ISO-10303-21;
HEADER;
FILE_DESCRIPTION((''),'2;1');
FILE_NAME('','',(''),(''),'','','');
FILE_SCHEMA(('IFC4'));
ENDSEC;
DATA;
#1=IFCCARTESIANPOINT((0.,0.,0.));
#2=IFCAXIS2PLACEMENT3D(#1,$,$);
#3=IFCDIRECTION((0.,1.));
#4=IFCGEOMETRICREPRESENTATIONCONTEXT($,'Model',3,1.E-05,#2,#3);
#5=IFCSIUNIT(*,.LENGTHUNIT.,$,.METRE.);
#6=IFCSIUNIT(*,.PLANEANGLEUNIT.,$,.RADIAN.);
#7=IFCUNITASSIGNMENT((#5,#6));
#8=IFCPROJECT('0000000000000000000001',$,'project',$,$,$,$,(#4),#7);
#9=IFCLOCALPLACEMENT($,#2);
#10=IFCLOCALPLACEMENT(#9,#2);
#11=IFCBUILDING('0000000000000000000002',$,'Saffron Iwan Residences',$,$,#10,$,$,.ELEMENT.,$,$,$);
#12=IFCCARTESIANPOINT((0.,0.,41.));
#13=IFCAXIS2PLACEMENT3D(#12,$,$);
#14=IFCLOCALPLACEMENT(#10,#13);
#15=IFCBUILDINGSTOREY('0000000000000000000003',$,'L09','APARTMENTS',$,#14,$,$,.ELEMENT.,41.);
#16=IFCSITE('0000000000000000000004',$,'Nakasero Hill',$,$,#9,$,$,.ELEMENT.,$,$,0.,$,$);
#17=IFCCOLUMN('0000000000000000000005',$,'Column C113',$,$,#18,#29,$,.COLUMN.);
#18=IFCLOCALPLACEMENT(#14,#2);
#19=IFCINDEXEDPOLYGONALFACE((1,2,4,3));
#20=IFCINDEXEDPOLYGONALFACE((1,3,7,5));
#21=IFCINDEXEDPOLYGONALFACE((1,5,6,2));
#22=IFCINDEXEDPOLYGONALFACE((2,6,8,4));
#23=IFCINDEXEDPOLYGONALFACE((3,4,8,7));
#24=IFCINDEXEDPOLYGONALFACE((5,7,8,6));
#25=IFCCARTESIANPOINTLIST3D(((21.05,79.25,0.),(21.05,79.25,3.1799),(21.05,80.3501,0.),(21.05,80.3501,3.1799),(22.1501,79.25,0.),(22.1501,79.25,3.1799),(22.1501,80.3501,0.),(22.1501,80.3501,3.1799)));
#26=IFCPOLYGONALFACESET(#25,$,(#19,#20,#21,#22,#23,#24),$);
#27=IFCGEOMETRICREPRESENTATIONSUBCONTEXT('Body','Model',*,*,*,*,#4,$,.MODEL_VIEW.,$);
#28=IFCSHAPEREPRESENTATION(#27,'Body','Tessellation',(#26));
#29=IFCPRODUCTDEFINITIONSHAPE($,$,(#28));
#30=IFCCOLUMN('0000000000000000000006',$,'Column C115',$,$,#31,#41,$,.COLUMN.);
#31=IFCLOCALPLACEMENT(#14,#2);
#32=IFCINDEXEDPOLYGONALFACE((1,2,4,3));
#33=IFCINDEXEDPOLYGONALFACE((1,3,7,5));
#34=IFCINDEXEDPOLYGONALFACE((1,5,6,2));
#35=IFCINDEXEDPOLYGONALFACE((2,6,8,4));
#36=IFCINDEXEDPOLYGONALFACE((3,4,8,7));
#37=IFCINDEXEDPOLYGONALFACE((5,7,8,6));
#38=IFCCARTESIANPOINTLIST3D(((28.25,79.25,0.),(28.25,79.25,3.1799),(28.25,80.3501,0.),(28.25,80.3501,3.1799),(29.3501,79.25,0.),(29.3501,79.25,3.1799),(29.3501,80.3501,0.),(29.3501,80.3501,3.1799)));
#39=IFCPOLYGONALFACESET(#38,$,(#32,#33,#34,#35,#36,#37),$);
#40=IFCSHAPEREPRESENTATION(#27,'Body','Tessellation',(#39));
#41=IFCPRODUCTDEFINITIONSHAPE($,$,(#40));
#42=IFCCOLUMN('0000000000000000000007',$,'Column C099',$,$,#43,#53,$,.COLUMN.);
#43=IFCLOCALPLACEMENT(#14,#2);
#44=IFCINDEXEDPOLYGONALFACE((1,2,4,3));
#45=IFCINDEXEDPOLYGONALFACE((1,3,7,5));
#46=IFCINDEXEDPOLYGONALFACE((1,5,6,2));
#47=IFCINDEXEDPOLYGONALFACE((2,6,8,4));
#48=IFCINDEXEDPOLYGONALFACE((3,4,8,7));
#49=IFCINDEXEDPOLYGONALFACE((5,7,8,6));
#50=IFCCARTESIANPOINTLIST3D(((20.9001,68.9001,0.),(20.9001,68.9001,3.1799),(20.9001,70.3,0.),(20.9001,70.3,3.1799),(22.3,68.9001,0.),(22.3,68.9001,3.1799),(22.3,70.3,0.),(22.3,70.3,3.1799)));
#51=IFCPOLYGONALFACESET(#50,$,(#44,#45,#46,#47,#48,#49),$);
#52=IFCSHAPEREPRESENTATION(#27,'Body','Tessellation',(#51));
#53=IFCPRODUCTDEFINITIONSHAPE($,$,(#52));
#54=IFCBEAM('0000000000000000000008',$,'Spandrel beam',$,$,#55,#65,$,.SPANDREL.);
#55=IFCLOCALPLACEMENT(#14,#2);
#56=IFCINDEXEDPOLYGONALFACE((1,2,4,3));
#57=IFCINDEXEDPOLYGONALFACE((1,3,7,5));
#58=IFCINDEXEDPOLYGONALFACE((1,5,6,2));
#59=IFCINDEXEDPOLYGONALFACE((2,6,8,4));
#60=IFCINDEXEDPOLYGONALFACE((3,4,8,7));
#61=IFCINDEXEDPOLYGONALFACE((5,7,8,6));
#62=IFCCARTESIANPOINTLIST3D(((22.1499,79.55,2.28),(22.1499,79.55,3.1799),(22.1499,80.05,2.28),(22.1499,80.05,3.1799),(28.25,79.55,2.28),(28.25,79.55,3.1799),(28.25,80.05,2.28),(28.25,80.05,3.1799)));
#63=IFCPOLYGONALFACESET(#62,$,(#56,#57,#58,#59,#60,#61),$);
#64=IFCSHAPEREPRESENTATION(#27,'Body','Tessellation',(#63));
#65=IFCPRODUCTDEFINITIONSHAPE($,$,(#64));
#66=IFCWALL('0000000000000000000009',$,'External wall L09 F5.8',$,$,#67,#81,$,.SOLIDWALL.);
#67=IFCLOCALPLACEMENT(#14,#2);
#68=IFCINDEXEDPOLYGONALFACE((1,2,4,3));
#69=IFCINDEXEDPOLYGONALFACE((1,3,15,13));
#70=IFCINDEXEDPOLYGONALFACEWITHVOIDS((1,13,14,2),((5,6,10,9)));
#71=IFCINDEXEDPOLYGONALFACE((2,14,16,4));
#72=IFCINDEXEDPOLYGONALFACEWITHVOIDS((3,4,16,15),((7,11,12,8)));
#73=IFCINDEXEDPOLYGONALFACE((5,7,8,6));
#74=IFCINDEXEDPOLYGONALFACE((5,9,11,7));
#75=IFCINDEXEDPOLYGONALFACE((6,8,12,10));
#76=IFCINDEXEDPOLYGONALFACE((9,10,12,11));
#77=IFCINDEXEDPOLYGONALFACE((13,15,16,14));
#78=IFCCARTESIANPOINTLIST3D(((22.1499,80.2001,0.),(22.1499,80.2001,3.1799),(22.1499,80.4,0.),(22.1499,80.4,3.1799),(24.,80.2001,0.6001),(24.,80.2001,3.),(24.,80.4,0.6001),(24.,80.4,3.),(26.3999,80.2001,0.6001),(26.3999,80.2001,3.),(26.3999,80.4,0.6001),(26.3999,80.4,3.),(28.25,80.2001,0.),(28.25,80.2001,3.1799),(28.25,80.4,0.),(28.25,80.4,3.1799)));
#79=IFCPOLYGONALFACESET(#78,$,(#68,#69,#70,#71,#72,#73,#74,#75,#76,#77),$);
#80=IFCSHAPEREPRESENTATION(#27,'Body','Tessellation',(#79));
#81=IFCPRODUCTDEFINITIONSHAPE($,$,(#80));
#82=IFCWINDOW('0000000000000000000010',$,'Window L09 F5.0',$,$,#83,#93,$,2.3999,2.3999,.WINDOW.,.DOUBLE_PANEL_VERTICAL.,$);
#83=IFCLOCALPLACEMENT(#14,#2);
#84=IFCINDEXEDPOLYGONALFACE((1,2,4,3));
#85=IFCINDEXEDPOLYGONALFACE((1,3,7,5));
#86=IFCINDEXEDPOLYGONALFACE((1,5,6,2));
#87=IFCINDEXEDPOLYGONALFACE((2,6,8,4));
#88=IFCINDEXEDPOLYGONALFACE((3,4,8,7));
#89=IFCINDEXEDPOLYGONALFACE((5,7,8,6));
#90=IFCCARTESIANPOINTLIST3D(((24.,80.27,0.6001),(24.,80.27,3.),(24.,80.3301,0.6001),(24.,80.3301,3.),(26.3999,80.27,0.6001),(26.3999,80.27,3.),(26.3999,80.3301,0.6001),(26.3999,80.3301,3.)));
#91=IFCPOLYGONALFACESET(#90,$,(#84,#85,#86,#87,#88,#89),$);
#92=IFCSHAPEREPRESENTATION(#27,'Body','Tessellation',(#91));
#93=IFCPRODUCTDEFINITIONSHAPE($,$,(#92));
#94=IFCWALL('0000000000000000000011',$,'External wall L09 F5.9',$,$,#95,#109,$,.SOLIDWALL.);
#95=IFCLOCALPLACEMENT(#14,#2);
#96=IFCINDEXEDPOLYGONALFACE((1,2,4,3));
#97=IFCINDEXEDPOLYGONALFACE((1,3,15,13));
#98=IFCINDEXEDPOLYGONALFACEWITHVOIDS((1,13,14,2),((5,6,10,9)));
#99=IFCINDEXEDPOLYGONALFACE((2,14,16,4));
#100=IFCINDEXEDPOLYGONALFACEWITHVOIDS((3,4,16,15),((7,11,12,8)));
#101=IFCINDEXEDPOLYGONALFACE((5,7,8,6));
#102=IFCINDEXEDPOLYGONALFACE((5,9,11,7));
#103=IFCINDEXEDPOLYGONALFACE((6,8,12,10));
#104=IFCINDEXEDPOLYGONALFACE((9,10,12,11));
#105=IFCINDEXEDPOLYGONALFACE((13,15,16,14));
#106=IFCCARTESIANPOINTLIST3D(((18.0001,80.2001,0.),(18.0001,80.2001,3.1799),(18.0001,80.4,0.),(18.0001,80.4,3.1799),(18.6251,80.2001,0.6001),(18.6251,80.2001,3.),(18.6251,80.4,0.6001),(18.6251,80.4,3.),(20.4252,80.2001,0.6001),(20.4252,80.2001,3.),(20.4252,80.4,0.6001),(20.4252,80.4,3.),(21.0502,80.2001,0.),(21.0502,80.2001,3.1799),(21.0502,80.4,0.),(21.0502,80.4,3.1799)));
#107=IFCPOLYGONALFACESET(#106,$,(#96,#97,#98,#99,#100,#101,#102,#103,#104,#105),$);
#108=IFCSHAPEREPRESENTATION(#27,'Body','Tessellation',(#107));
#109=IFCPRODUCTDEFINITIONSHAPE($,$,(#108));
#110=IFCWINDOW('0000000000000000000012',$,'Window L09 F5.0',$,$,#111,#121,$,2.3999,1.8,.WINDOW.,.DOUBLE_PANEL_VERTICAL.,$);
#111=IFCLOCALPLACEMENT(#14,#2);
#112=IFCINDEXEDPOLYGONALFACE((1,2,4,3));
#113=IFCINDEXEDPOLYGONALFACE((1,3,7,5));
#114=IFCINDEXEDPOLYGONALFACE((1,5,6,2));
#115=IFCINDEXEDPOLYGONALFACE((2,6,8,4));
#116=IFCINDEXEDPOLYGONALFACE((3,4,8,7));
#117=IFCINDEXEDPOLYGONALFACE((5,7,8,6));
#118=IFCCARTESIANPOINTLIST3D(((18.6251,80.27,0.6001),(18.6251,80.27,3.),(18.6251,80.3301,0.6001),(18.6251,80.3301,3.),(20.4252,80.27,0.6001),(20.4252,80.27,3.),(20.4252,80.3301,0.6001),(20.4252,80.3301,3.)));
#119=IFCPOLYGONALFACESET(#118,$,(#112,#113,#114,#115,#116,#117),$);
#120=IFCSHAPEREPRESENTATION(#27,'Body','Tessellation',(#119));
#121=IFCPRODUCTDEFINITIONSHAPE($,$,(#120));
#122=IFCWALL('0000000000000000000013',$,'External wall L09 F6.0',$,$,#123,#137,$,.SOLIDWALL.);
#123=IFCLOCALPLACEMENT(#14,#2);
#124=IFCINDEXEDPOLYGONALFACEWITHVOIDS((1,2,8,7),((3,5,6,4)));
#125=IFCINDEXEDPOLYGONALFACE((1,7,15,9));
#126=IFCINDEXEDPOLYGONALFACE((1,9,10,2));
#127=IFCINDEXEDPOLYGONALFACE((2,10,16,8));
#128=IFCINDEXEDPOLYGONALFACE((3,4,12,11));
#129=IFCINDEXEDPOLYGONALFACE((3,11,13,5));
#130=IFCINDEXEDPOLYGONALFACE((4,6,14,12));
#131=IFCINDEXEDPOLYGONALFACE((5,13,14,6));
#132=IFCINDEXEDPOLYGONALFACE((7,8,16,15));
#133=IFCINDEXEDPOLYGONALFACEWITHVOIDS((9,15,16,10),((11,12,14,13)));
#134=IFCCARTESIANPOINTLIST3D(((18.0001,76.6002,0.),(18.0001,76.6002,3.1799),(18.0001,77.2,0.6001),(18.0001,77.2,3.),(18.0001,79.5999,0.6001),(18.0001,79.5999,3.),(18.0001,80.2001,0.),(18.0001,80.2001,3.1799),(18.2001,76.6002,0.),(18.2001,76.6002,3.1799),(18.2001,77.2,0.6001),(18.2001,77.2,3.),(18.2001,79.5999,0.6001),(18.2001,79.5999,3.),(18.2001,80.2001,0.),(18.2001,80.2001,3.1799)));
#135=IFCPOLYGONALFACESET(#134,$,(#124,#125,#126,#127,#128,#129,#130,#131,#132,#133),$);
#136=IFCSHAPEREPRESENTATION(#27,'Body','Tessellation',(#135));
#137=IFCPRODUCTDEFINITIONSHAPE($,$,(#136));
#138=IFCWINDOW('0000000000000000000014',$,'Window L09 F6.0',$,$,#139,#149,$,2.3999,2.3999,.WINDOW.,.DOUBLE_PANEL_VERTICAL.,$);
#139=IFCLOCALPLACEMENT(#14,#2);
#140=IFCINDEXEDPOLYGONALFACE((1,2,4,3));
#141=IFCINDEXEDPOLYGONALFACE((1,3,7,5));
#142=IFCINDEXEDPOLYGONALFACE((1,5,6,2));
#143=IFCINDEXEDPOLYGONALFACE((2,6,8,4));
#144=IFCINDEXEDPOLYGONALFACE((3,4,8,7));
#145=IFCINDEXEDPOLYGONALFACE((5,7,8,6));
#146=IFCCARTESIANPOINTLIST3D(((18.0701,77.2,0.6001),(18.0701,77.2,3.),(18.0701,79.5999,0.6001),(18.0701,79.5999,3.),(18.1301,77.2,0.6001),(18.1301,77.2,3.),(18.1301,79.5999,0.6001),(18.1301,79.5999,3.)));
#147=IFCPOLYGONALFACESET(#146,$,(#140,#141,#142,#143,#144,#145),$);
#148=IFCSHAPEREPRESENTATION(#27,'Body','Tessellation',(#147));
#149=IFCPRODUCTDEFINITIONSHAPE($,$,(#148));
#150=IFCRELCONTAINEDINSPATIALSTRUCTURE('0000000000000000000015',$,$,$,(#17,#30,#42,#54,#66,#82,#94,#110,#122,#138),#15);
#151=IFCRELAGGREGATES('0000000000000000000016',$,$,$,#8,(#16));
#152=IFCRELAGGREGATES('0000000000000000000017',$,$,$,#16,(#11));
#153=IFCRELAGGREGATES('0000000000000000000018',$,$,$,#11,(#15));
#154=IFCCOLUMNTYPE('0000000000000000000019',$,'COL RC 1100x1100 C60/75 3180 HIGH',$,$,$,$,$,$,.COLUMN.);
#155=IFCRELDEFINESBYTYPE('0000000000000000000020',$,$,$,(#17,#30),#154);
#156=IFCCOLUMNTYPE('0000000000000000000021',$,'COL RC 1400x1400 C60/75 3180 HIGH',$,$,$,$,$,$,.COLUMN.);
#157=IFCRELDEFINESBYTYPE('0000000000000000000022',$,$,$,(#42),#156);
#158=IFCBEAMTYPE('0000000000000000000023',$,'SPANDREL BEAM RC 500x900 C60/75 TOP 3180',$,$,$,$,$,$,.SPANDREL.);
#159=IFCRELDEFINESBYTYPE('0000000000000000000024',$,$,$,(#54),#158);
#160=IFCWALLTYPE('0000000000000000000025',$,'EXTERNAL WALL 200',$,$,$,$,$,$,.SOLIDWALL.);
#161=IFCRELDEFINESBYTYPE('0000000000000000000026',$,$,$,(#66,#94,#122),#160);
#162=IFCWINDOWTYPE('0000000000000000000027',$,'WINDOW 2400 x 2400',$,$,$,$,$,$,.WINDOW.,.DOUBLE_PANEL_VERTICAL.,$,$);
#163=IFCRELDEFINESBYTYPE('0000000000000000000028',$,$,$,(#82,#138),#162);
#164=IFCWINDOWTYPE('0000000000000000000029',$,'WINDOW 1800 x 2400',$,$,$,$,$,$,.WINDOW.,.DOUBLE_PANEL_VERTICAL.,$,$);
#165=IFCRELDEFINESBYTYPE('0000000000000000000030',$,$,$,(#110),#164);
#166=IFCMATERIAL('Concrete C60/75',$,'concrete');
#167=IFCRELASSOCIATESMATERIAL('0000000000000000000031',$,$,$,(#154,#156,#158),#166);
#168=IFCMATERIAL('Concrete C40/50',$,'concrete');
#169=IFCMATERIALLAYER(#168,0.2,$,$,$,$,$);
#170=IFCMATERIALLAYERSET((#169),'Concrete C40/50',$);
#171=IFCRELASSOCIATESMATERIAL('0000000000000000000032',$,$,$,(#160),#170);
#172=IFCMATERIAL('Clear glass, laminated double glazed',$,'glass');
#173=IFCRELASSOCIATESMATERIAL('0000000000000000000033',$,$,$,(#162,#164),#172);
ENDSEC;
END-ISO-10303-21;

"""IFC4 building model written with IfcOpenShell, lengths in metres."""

from ifc_helpers import new_model, si_unit, direction, frame, frame_2d, origin, origin_2d, place, context, subcontext, project, spatial, rectangle, extrude, source, transform, mapped, material, layer, layer_set, material_profile, profile_set, type_object, element, fill, save


model = new_model("IFC4")

# Units and contexts
model_context = context("Model", 3, precision=1e-05, world=origin(), true_north=direction((0.0, 1.0)))
body_context = subcontext(model_context, "Body", "Model", "MODEL_VIEW")
ifc_project = project(units=[si_unit("LENGTHUNIT", "METRE"), si_unit("PLANEANGLEUNIT", "RADIAN")], contexts=[model_context])

# Site, building, storey
site_placement = place(None, origin())
site = spatial("IfcSite", under=ifc_project, at=site_placement, Name="Nakasero Hill", CompositionType="ELEMENT", RefElevation=0.0)
building_placement = place(site_placement, origin())
building = spatial("IfcBuilding", under=site, at=building_placement, Name="Saffron Iwan Residences", CompositionType="ELEMENT")
storey_placement = place(building_placement, frame((0.0, 0.0, 41.0)))
storey = spatial("IfcBuildingStorey", under=building, at=storey_placement, Name="L09", Description="APARTMENTS", CompositionType="ELEMENT", Elevation=41.0)

# Columns
ifc_material_1 = material(Name="Concrete C60/75", Category="concrete")
ifc_material_profile_1 = material_profile(ifc_material_1, rectangle(XDim=1.1001, YDim=1.1001, at=origin_2d()), Name="RC 1100x1100")
ifc_profile_set_1 = profile_set([ifc_material_profile_1], Name="Concrete C60/75")
column_type_1 = type_object("IfcColumnType", Name="COL RC 1100x1100 C60/75 3180 HIGH", PredefinedType="COLUMN", material=ifc_profile_set_1)
shared_shape_1 = source(origin(), body_context, "Body", "SweptSolid", [
    extrude(rectangle(XDim=1.1001, YDim=1.1001, at=origin_2d()), origin(), (0.0, 0.0, 1.0), 3.1799),
])
for number, where, z_axis, x_axis, name in (
    (1, (21.6001, 79.8, 0.0), (0.0, 0.0, 1.0), (1.0, 0.0, 0.0), "Column C113"),
    (2, (28.8, 79.8, 0.0), (0.0, 0.0, 1.0), (1.0, 0.0, 0.0), "Column C115"),
):
    element("IfcColumn", number, at=place(storey_placement, frame(where, z_axis=z_axis, x_axis=x_axis)), inside=storey, type_object=column_type_1, Name=name, PredefinedType="COLUMN", context=body_context, shape_type="MappedRepresentation", body=[
        mapped(shared_shape_1, transform((0.0, 0.0, 0.0))),
    ])
ifc_material_profile_2 = material_profile(ifc_material_1, rectangle(XDim=1.3999, YDim=1.3999, at=origin_2d()), Name="RC 1400x1400")
ifc_profile_set_2 = profile_set([ifc_material_profile_2], Name="Concrete C60/75")
column_type_2 = type_object("IfcColumnType", Name="COL RC 1400x1400 C60/75 3180 HIGH", PredefinedType="COLUMN", material=ifc_profile_set_2)
shared_shape_2 = source(origin(), body_context, "Body", "SweptSolid", [
    extrude(rectangle(XDim=1.3999, YDim=1.3999, at=origin_2d()), origin(), (0.0, 0.0, 1.0), 3.1799),
])
column_placement = place(storey_placement, frame((21.6001, 69.6001, 0.0), z_axis=(0.0, 0.0, 1.0), x_axis=(1.0, 0.0, 0.0)))
element("IfcColumn", 3, at=column_placement, inside=storey, type_object=column_type_2, Name="Column C099", PredefinedType="COLUMN", context=body_context, shape_type="MappedRepresentation", body=[
    mapped(shared_shape_2, transform((0.0, 0.0, 0.0))),
])

# Beam
ifc_material_profile_3 = material_profile(ifc_material_1, rectangle(XDim=0.5, YDim=0.8999, at=origin_2d()), Name="RC 500x900")
ifc_profile_set_3 = profile_set([ifc_material_profile_3], Name="Concrete C60/75")
beam_type = type_object("IfcBeamType", Name="SPANDREL BEAM RC 500x900 C60/75 TOP 3180", PredefinedType="SPANDREL", material=ifc_profile_set_3)
shared_shape_3 = source(origin(), body_context, "Body", "SweptSolid", [
    extrude(rectangle(XDim=0.5, YDim=0.8999, at=origin_2d()), origin(), (0.0, 0.0, 1.0), 6.1001),
])
beam_placement = place(storey_placement, frame((22.1499, 79.8, 2.73), z_axis=(1.0, 0.0, 0.0), x_axis=(0.0, 1.0, 0.0)))
element("IfcBeam", 4, at=beam_placement, inside=storey, type_object=beam_type, Name="Spandrel beam", PredefinedType="SPANDREL", context=body_context, shape_type="MappedRepresentation", body=[
    mapped(shared_shape_3, transform((0.0, 0.0, 0.0))),
])

# Walls, openings, windows
ifc_material_2 = material(Name="Concrete C40/50", Category="concrete")
ifc_layer_1 = layer(ifc_material_2, 0.2)
ifc_layer_set_1 = layer_set([ifc_layer_1], Name="Concrete C40/50")
wall_type_1 = type_object("IfcWallType", Name="EXTERNAL WALL 200", PredefinedType="SOLIDWALL", material=ifc_layer_set_1)
wall_1_placement = place(storey_placement, frame((28.25, 80.3, 0.0), z_axis=(0.0, 0.0, 1.0), x_axis=(-1.0, 0.0, 0.0)))
wall_1 = element("IfcWall", 5, at=wall_1_placement, inside=storey, type_object=wall_type_1, Name="External wall L09 F5.8", PredefinedType="SOLIDWALL", context=body_context, shape_type="SweptSolid", body=[
    extrude(rectangle(XDim=6.1001, YDim=0.2, at=frame_2d((3.05, 0.0))), origin(), (0.0, 0.0, 1.0), 3.1799),
])
opening_1_placement = place(wall_1_placement, frame((1.8501, 0.0, 0.6001)))
opening_1 = element("IfcOpeningElement", 6, at=opening_1_placement, cuts=wall_1, PredefinedType="OPENING", context=body_context, shape_type="SweptSolid", body=[
    extrude(rectangle(XDim=2.3999, YDim=2.3999, at=frame_2d((1.2, 1.2))), frame((0.0, 0.1099, 0.0), z_axis=(0.0, -1.0, 0.0), x_axis=(1.0, 0.0, 0.0)), (0.0, 0.0, 1.0), 0.22),
])
ifc_material_3 = material(Name="Clear glass, laminated double glazed", Category="glass")
window_type_1 = type_object("IfcWindowType", Name="WINDOW 2400 x 2400", PartitioningType="DOUBLE_PANEL_VERTICAL", PredefinedType="WINDOW", material=ifc_material_3)
window_1_placement = place(opening_1_placement, origin())
window_1 = element("IfcWindow", 7, at=window_1_placement, inside=storey, type_object=window_type_1, Name="Window L09 F5.0", OverallHeight=2.3999, OverallWidth=2.3999, PartitioningType="DOUBLE_PANEL_VERTICAL", PredefinedType="WINDOW", context=body_context, shape_type="SweptSolid", body=[
    extrude(rectangle(XDim=2.3999, YDim=2.3999, at=frame_2d((1.2, 1.2))), frame((0.0, 0.03, 0.0), z_axis=(0.0, -1.0, 0.0), x_axis=(1.0, 0.0, 0.0)), (0.0, 0.0, 1.0), 0.0601),
])
fill(opening_1, window_1)
wall_2_placement = place(storey_placement, frame((21.05, 80.3, 0.0), z_axis=(0.0, 0.0, 1.0), x_axis=(-1.0, 0.0, 0.0)))
wall_2 = element("IfcWall", 8, at=wall_2_placement, inside=storey, type_object=wall_type_1, Name="External wall L09 F5.9", PredefinedType="SOLIDWALL", context=body_context, shape_type="SweptSolid", body=[
    extrude(rectangle(XDim=3.05, YDim=0.2, at=frame_2d((1.5249, 0.0))), origin(), (0.0, 0.0, 1.0), 3.1799),
])
opening_2_placement = place(wall_2_placement, frame((0.625, 0.0, 0.6001)))
opening_2 = element("IfcOpeningElement", 9, at=opening_2_placement, cuts=wall_2, PredefinedType="OPENING", context=body_context, shape_type="SweptSolid", body=[
    extrude(rectangle(XDim=1.8, YDim=2.3999, at=frame_2d((0.8999, 1.2))), frame((0.0, 0.1099, 0.0), z_axis=(0.0, -1.0, 0.0), x_axis=(1.0, 0.0, 0.0)), (0.0, 0.0, 1.0), 0.22),
])
window_type_2 = type_object("IfcWindowType", Name="WINDOW 1800 x 2400", PartitioningType="DOUBLE_PANEL_VERTICAL", PredefinedType="WINDOW", material=ifc_material_3)
window_2_placement = place(opening_2_placement, origin())
window_2 = element("IfcWindow", 10, at=window_2_placement, inside=storey, type_object=window_type_2, Name="Window L09 F5.0", OverallHeight=2.3999, OverallWidth=1.8, PartitioningType="DOUBLE_PANEL_VERTICAL", PredefinedType="WINDOW", context=body_context, shape_type="SweptSolid", body=[
    extrude(rectangle(XDim=1.8, YDim=2.3999, at=frame_2d((0.8999, 1.2))), frame((0.0, 0.03, 0.0), z_axis=(0.0, -1.0, 0.0), x_axis=(1.0, 0.0, 0.0)), (0.0, 0.0, 1.0), 0.0601),
])
fill(opening_2, window_2)
wall_3_placement = place(storey_placement, frame((18.1001, 80.2, 0.0), z_axis=(0.0, 0.0, 1.0), x_axis=(0.0, -1.0, 0.0)))
wall_3 = element("IfcWall", 11, at=wall_3_placement, inside=storey, type_object=wall_type_1, Name="External wall L09 F6.0", PredefinedType="SOLIDWALL", context=body_context, shape_type="SweptSolid", body=[
    extrude(rectangle(XDim=3.5999, YDim=0.2, at=frame_2d((1.7998, 0.0))), origin(), (0.0, 0.0, 1.0), 3.1799),
])
opening_3_placement = place(wall_3_placement, frame((0.6001, 0.0, 0.6001)))
opening_3 = element("IfcOpeningElement", 12, at=opening_3_placement, cuts=wall_3, PredefinedType="OPENING", context=body_context, shape_type="SweptSolid", body=[
    extrude(rectangle(XDim=2.3999, YDim=2.3999, at=frame_2d((1.2, 1.2))), frame((0.0, 0.1099, 0.0), z_axis=(0.0, -1.0, 0.0), x_axis=(1.0, 0.0, 0.0)), (0.0, 0.0, 1.0), 0.22),
])
window_3_placement = place(opening_3_placement, origin())
window_3 = element("IfcWindow", 13, at=window_3_placement, inside=storey, type_object=window_type_1, Name="Window L09 F6.0", OverallHeight=2.3999, OverallWidth=2.3999, PartitioningType="DOUBLE_PANEL_VERTICAL", PredefinedType="WINDOW", context=body_context, shape_type="SweptSolid", body=[
    extrude(rectangle(XDim=2.3999, YDim=2.3999, at=frame_2d((1.2, 1.2))), frame((0.0, 0.03, 0.0), z_axis=(0.0, -1.0, 0.0), x_axis=(1.0, 0.0, 0.0)), (0.0, 0.0, 1.0), 0.0601),
])
fill(opening_3, window_3)

save(model, "model.ifc")
